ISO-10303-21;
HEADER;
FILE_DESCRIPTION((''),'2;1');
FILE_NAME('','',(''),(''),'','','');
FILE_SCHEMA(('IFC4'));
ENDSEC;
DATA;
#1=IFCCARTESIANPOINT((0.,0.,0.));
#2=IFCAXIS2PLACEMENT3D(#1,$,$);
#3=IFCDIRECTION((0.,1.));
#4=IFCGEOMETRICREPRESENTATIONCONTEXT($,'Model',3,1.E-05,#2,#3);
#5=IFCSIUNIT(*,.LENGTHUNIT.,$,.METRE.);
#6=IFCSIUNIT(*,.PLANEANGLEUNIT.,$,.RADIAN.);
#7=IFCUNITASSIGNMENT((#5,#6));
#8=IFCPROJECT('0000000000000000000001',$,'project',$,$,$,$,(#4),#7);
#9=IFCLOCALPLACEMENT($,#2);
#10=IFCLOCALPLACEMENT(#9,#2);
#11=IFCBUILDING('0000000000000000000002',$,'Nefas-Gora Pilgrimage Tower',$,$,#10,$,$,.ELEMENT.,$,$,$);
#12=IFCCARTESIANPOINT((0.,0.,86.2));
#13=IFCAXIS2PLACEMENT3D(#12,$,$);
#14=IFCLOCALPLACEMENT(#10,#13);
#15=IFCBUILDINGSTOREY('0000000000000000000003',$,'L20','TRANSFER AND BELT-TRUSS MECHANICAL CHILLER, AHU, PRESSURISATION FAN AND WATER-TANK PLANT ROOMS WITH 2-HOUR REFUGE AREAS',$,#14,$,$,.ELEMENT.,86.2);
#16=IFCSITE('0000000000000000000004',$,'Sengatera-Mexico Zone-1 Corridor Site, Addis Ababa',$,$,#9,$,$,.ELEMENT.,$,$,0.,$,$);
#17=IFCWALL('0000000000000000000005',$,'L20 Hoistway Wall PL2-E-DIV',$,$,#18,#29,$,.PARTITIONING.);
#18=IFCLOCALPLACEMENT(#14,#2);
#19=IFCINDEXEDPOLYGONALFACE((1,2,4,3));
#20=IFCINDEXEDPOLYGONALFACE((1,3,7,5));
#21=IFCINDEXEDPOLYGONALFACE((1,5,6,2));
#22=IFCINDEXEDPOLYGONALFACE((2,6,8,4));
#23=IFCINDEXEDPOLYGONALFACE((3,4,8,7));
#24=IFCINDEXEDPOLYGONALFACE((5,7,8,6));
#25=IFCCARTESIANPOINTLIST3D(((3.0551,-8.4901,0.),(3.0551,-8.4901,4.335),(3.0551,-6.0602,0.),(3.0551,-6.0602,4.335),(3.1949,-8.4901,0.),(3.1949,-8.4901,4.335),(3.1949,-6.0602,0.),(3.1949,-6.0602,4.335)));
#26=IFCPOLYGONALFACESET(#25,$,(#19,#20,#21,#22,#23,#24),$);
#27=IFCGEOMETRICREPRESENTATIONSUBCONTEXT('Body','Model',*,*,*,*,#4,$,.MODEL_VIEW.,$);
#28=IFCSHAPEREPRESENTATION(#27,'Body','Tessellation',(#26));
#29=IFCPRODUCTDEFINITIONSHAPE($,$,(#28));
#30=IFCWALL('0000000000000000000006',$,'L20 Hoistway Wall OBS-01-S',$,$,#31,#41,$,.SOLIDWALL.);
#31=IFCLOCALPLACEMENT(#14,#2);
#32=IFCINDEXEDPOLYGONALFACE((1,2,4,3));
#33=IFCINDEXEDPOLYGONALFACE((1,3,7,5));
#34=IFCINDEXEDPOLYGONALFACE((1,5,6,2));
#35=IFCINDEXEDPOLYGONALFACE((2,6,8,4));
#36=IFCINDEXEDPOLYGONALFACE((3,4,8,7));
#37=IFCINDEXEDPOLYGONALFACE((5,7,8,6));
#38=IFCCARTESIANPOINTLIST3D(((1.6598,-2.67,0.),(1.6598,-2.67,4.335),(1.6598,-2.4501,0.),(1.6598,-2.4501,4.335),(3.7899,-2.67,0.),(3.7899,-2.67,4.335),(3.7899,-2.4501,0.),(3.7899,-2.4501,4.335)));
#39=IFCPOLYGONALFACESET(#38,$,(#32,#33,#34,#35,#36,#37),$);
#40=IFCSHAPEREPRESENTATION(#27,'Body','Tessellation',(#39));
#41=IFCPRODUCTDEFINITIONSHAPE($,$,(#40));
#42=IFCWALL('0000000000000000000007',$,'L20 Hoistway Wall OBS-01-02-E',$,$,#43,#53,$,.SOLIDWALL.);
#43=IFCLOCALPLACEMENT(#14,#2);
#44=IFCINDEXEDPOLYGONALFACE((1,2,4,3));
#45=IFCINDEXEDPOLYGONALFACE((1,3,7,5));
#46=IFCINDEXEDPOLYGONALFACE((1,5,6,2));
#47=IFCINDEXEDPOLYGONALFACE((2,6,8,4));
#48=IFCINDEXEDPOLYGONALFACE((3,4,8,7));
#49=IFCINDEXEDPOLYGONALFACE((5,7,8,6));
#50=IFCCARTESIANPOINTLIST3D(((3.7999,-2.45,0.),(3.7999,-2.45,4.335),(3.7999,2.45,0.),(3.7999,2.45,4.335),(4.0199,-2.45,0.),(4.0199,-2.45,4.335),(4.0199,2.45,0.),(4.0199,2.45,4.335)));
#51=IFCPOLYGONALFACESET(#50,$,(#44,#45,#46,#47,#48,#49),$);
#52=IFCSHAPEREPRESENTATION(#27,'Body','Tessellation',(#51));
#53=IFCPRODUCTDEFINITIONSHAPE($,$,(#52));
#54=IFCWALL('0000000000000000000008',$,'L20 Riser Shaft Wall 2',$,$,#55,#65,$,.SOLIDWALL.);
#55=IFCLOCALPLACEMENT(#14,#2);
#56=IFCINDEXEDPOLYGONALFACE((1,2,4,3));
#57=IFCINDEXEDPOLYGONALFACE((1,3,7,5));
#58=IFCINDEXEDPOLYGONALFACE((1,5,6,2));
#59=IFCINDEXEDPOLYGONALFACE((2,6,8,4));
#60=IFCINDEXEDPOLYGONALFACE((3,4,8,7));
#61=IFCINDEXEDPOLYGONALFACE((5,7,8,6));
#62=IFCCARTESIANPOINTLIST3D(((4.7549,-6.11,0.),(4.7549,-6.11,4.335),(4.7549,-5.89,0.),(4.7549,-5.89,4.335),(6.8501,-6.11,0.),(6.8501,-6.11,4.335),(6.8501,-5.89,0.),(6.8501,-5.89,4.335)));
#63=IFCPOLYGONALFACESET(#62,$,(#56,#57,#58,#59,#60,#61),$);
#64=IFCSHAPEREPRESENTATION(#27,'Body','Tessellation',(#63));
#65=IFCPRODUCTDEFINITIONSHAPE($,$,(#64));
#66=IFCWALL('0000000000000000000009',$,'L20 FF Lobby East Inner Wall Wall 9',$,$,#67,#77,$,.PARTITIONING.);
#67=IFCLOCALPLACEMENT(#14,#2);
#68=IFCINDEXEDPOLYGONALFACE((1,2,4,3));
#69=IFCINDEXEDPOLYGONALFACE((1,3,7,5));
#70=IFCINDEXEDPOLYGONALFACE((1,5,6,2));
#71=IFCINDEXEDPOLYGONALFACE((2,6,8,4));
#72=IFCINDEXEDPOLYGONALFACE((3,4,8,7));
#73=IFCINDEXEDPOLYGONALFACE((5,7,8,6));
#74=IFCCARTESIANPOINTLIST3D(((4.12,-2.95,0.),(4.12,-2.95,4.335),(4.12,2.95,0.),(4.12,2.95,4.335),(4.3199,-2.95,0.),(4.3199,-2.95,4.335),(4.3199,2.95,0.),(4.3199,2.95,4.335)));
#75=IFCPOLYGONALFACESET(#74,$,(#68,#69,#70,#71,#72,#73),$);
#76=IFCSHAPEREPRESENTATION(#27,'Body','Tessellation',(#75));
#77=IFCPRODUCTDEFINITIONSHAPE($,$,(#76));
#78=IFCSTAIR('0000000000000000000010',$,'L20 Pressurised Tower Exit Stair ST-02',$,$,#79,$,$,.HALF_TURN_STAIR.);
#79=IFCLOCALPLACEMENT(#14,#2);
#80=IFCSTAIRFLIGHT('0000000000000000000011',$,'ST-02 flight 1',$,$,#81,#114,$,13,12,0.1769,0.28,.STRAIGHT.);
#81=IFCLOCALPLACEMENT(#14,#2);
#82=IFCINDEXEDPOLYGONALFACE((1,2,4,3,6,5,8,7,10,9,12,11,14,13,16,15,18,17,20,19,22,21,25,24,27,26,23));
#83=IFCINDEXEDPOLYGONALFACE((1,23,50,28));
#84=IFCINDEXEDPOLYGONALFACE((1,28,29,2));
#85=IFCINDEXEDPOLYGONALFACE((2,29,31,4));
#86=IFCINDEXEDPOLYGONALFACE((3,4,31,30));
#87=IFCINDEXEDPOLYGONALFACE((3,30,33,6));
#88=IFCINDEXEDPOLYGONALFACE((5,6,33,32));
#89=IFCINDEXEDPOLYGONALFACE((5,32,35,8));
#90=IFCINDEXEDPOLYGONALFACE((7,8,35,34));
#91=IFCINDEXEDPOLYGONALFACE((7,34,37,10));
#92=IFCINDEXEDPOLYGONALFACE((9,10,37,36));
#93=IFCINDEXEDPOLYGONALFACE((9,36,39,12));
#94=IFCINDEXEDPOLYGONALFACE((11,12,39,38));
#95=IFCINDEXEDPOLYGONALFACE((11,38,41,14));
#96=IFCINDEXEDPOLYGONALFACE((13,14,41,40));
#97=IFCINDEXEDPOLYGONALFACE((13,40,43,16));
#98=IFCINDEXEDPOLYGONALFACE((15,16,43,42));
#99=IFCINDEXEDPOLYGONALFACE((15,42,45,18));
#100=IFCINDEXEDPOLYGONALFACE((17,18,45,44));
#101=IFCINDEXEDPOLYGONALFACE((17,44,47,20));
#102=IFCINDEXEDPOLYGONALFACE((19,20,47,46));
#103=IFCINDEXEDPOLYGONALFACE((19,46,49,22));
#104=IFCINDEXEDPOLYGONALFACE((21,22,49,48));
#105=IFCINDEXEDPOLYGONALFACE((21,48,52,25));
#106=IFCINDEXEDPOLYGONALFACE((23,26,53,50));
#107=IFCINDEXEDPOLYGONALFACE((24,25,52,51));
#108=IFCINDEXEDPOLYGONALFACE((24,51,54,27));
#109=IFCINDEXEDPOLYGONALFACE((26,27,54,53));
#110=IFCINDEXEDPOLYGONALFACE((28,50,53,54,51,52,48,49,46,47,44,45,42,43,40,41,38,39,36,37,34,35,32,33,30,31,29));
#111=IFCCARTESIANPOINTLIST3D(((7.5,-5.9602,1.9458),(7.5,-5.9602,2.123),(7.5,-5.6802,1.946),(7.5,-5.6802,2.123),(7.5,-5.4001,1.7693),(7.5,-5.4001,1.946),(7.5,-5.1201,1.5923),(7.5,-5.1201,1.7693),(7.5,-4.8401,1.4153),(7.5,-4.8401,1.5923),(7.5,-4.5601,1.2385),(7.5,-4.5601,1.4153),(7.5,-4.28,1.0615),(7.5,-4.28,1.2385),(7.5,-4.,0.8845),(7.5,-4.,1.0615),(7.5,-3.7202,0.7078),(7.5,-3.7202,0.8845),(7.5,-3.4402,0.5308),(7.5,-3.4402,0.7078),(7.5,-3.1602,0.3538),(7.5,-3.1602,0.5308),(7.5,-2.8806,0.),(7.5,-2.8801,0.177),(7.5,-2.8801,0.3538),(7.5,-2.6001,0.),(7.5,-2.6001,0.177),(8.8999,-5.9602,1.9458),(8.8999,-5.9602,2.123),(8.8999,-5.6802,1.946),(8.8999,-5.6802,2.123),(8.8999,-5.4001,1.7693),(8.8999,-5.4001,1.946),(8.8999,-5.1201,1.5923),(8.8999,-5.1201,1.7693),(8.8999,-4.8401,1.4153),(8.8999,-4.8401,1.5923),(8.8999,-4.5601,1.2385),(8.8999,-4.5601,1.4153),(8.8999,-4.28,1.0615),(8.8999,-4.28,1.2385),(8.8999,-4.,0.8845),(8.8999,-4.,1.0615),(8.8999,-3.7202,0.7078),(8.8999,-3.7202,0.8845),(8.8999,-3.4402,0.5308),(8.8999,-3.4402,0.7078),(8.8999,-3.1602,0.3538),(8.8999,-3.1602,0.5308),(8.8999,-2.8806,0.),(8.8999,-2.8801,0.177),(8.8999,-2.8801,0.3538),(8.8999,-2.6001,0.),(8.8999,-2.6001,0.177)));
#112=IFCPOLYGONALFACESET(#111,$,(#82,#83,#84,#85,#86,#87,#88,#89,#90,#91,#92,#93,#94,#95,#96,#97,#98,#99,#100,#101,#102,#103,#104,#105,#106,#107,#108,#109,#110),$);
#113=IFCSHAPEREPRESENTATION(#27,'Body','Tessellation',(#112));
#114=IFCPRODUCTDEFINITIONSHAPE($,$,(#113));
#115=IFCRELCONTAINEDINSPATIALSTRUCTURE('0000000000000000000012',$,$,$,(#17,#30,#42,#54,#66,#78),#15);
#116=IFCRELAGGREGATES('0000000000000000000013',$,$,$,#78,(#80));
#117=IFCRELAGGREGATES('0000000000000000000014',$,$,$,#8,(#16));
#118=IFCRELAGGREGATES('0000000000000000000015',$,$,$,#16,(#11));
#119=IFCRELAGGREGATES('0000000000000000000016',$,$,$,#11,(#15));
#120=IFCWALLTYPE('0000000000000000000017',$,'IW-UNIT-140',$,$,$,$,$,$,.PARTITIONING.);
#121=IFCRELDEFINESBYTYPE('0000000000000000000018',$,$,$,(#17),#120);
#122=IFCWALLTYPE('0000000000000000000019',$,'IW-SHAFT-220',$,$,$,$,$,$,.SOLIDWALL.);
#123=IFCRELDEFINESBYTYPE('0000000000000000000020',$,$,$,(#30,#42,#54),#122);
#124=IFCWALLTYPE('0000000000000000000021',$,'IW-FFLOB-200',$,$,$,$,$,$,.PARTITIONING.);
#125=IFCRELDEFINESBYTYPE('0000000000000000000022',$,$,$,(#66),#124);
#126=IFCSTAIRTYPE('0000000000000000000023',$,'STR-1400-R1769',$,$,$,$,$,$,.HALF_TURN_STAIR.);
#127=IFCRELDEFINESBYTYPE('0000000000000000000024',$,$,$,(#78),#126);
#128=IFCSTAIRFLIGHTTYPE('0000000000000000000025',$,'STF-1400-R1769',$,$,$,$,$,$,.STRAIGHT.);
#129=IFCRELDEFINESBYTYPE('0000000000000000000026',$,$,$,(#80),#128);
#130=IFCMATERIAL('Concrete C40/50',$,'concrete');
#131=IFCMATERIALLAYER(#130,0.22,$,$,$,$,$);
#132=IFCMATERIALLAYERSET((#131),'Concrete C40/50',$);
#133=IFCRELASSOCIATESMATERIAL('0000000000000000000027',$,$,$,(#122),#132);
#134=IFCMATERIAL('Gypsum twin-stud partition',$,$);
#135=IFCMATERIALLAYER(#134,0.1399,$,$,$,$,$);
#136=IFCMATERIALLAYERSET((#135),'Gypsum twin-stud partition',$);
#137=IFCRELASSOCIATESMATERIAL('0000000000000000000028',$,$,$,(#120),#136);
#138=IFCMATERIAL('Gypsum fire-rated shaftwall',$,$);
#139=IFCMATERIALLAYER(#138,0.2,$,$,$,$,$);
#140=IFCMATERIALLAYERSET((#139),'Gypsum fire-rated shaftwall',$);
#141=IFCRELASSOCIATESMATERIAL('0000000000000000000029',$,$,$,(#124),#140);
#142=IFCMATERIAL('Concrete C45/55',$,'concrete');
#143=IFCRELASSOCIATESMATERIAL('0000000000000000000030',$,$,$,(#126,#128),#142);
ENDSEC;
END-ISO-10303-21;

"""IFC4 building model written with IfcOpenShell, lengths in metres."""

from ifc_helpers import new_model, si_unit, direction, frame, frame_2d, origin, place, context, subcontext, project, spatial, polyline, rectangle, outline, extrude, source, transform, mapped, material, layer, layer_set, type_object, element, aggregate, save


model = new_model("IFC4")

# Units and contexts
model_context = context("Model", 3, precision=1e-05, world=origin(), true_north=direction((0.0, 1.0)))
body_context = subcontext(model_context, "Body", "Model", "MODEL_VIEW")
ifc_project = project(units=[si_unit("LENGTHUNIT", "METRE"), si_unit("PLANEANGLEUNIT", "RADIAN")], contexts=[model_context])

# Site, building, storey
site_placement = place(None, origin())
site = spatial("IfcSite", under=ifc_project, at=site_placement, Name="Sengatera-Mexico Zone-1 Corridor Site, Addis Ababa", CompositionType="ELEMENT", RefElevation=0.0)
building_placement = place(site_placement, origin())
building = spatial("IfcBuilding", under=site, at=building_placement, Name="Nefas-Gora Pilgrimage Tower", CompositionType="ELEMENT")
storey_placement = place(building_placement, frame((0.0, 0.0, 86.2)))
storey = spatial("IfcBuildingStorey", under=building, at=storey_placement, Name="L20", Description="TRANSFER AND BELT-TRUSS MECHANICAL CHILLER, AHU, PRESSURISATION FAN AND WATER-TANK PLANT ROOMS WITH 2-HOUR REFUGE AREAS", CompositionType="ELEMENT", Elevation=86.2)

# Shared definitions
ifc_material_1 = material(Name="Concrete C45/55", Category="concrete")

# Shared definitions
ifc_material_2 = material(Name="Concrete C40/50", Category="concrete")
ifc_layer_1 = layer(ifc_material_2, 0.22)
ifc_layer_set_1 = layer_set([ifc_layer_1], Name="Concrete C40/50")
wall_type_1 = type_object("IfcWallType", Name="IW-SHAFT-220", PredefinedType="SOLIDWALL", material=ifc_layer_set_1)

# Walls
ifc_material_3 = material(Name="Gypsum twin-stud partition")
ifc_layer_2 = layer(ifc_material_3, 0.1399)
ifc_layer_set_2 = layer_set([ifc_layer_2], Name="Gypsum twin-stud partition")
wall_type_2 = type_object("IfcWallType", Name="IW-UNIT-140", PredefinedType="PARTITIONING", material=ifc_layer_set_2)
shared_shape_1 = source(origin(), body_context, "Body", "SweptSolid", [
    extrude(rectangle(XDim=2.4299, YDim=0.1399, at=frame_2d((1.2148, 0.0))), origin(), (0.0, 0.0, 1.0), 4.335),
])
wall_1_placement = place(storey_placement, frame((3.125, -8.49, 0.0), z_axis=(0.0, 0.0, 1.0), x_axis=(0.0, 1.0, 0.0)))
element("IfcWall", 1, at=wall_1_placement, inside=storey, type_object=wall_type_2, Name="L20 Hoistway Wall PL2-E-DIV", PredefinedType="PARTITIONING", context=body_context, shape_type="MappedRepresentation", body=[
    mapped(shared_shape_1, transform((0.0, 0.0, 0.0), x_axis=(1.0, 0.0, 0.0), y_axis=(0.0, 1.0, 0.0), z_axis=(0.0, 0.0, 1.0), scale=1.0)),
])
shared_shape_2 = source(origin(), body_context, "Body", "SweptSolid", [
    extrude(rectangle(XDim=2.1301, YDim=0.22, at=frame_2d((1.0649, 0.0))), origin(), (0.0, 0.0, 1.0), 4.335),
])
wall_2_placement = place(storey_placement, frame((1.6599, -2.5601, 0.0), z_axis=(0.0, 0.0, 1.0), x_axis=(1.0, 0.0, 0.0)))
element("IfcWall", 2, at=wall_2_placement, inside=storey, type_object=wall_type_1, Name="L20 Hoistway Wall OBS-01-S", PredefinedType="SOLIDWALL", context=body_context, shape_type="MappedRepresentation", body=[
    mapped(shared_shape_2, transform((0.0, 0.0, 0.0), x_axis=(1.0, 0.0, 0.0), y_axis=(0.0, 1.0, 0.0), z_axis=(0.0, 0.0, 1.0), scale=1.0)),
])
shared_shape_3 = source(origin(), body_context, "Body", "SweptSolid", [
    extrude(rectangle(XDim=4.8999, YDim=0.22, at=frame_2d((2.45, 0.0))), origin(), (0.0, 0.0, 1.0), 4.335),
])
wall_3_placement = place(storey_placement, frame((3.9099, -2.45, 0.0), z_axis=(0.0, 0.0, 1.0), x_axis=(0.0, 1.0, 0.0)))
element("IfcWall", 3, at=wall_3_placement, inside=storey, type_object=wall_type_1, Name="L20 Hoistway Wall OBS-01-02-E", PredefinedType="SOLIDWALL", context=body_context, shape_type="MappedRepresentation", body=[
    mapped(shared_shape_3, transform((0.0, 0.0, 0.0), x_axis=(1.0, 0.0, 0.0), y_axis=(0.0, 1.0, 0.0), z_axis=(0.0, 0.0, 1.0), scale=1.0)),
])
shared_shape_4 = source(origin(), body_context, "Body", "SweptSolid", [
    extrude(rectangle(XDim=2.0952, YDim=0.22, at=frame_2d((1.0476, 0.0))), origin(), (0.0, 0.0, 1.0), 4.335),
])
wall_4_placement = place(storey_placement, frame((4.7549, -6.0, 0.0), z_axis=(0.0, 0.0, 1.0), x_axis=(1.0, 0.0, 0.0)))
element("IfcWall", 4, at=wall_4_placement, inside=storey, type_object=wall_type_1, Name="L20 Riser Shaft Wall 2", PredefinedType="SOLIDWALL", context=body_context, shape_type="MappedRepresentation", body=[
    mapped(shared_shape_4, transform((0.0, 0.0, 0.0), x_axis=(1.0, 0.0, 0.0), y_axis=(0.0, 1.0, 0.0), z_axis=(0.0, 0.0, 1.0), scale=1.0)),
])
ifc_material_4 = material(Name="Gypsum fire-rated shaftwall")
ifc_layer_3 = layer(ifc_material_4, 0.2)
ifc_layer_set_3 = layer_set([ifc_layer_3], Name="Gypsum fire-rated shaftwall")
wall_type_3 = type_object("IfcWallType", Name="IW-FFLOB-200", PredefinedType="PARTITIONING", material=ifc_layer_set_3)
shared_shape_5 = source(origin(), body_context, "Body", "SweptSolid", [
    extrude(rectangle(XDim=5.8999, YDim=0.2, at=frame_2d((2.95, 0.0))), origin(), (0.0, 0.0, 1.0), 4.335),
])
wall_5_placement = place(storey_placement, frame((4.22, -2.95, 0.0), z_axis=(0.0, 0.0, 1.0), x_axis=(0.0, 1.0, 0.0)))
element("IfcWall", 5, at=wall_5_placement, inside=storey, type_object=wall_type_3, Name="L20 FF Lobby East Inner Wall Wall 9", PredefinedType="PARTITIONING", context=body_context, shape_type="MappedRepresentation", body=[
    mapped(shared_shape_5, transform((0.0, 0.0, 0.0), x_axis=(1.0, 0.0, 0.0), y_axis=(0.0, 1.0, 0.0), z_axis=(0.0, 0.0, 1.0), scale=1.0)),
])

# Stair, stair flight
stair_type = type_object("IfcStairType", Name="STR-1400-R1769", PredefinedType="HALF_TURN_STAIR", material=ifc_material_1)
stair_placement = place(storey_placement, origin())
stair = element("IfcStair", 6, at=stair_placement, inside=storey, type_object=stair_type, Name="L20 Pressurised Tower Exit Stair ST-02", PredefinedType="HALF_TURN_STAIR")
stair_flight_type = type_object("IfcStairFlightType", Name="STF-1400-R1769", PredefinedType="STRAIGHT", material=ifc_material_1)
shared_shape_6 = source(origin(), body_context, "Body", "SweptSolid", [
    extrude(outline(polyline([(0.0, 0.0), (0.0, 0.177), (0.28, 0.177), (0.28, 0.3538), (0.5601, 0.3538), (0.5601, 0.5308), (0.8401, 0.5308), (0.8401, 0.7078), (1.1201, 0.7078), (1.1201, 0.8845), (1.3999, 0.8845), (1.3999, 1.0615), (1.6799, 1.0615), (1.6799, 1.2385), (1.96, 1.2385), (1.96, 1.4153), (2.24, 1.4153), (2.24, 1.5923), (2.52, 1.5923), (2.52, 1.7693), (2.8, 1.7693), (2.8, 1.946), (3.0801, 1.946), (3.0801, 2.123), (3.3601, 2.123), (3.3601, 2.3), (3.3601, 1.9458), (0.2805, 0.0), (0.0, 0.0)])), frame((0.0, 0.7, 0.0), z_axis=(0.0, -1.0, 0.0), x_axis=(1.0, 0.0, 0.0)), (0.0, 0.0, 1.0), 1.3999),
])
stair_flight_placement = place(storey_placement, frame((8.2, -2.6001, 0.0), z_axis=(0.0, 0.0, 1.0), x_axis=(0.0, -1.0, 0.0)))
stair_flight = element("IfcStairFlight", 7, at=stair_flight_placement, type_object=stair_flight_type, Name="ST-02 flight 1", NumberOfRisers=13, NumberOfTreads=12, PredefinedType="STRAIGHT", RiserHeight=0.1769, TreadLength=0.28, context=body_context, shape_type="MappedRepresentation", body=[
    mapped(shared_shape_6, transform((0.0, 0.0, 0.0), x_axis=(1.0, 0.0, 0.0), y_axis=(0.0, 1.0, 0.0), z_axis=(0.0, 0.0, 1.0), scale=1.0)),
])
aggregate(stair, [stair_flight])

save(model, "model.ifc")
